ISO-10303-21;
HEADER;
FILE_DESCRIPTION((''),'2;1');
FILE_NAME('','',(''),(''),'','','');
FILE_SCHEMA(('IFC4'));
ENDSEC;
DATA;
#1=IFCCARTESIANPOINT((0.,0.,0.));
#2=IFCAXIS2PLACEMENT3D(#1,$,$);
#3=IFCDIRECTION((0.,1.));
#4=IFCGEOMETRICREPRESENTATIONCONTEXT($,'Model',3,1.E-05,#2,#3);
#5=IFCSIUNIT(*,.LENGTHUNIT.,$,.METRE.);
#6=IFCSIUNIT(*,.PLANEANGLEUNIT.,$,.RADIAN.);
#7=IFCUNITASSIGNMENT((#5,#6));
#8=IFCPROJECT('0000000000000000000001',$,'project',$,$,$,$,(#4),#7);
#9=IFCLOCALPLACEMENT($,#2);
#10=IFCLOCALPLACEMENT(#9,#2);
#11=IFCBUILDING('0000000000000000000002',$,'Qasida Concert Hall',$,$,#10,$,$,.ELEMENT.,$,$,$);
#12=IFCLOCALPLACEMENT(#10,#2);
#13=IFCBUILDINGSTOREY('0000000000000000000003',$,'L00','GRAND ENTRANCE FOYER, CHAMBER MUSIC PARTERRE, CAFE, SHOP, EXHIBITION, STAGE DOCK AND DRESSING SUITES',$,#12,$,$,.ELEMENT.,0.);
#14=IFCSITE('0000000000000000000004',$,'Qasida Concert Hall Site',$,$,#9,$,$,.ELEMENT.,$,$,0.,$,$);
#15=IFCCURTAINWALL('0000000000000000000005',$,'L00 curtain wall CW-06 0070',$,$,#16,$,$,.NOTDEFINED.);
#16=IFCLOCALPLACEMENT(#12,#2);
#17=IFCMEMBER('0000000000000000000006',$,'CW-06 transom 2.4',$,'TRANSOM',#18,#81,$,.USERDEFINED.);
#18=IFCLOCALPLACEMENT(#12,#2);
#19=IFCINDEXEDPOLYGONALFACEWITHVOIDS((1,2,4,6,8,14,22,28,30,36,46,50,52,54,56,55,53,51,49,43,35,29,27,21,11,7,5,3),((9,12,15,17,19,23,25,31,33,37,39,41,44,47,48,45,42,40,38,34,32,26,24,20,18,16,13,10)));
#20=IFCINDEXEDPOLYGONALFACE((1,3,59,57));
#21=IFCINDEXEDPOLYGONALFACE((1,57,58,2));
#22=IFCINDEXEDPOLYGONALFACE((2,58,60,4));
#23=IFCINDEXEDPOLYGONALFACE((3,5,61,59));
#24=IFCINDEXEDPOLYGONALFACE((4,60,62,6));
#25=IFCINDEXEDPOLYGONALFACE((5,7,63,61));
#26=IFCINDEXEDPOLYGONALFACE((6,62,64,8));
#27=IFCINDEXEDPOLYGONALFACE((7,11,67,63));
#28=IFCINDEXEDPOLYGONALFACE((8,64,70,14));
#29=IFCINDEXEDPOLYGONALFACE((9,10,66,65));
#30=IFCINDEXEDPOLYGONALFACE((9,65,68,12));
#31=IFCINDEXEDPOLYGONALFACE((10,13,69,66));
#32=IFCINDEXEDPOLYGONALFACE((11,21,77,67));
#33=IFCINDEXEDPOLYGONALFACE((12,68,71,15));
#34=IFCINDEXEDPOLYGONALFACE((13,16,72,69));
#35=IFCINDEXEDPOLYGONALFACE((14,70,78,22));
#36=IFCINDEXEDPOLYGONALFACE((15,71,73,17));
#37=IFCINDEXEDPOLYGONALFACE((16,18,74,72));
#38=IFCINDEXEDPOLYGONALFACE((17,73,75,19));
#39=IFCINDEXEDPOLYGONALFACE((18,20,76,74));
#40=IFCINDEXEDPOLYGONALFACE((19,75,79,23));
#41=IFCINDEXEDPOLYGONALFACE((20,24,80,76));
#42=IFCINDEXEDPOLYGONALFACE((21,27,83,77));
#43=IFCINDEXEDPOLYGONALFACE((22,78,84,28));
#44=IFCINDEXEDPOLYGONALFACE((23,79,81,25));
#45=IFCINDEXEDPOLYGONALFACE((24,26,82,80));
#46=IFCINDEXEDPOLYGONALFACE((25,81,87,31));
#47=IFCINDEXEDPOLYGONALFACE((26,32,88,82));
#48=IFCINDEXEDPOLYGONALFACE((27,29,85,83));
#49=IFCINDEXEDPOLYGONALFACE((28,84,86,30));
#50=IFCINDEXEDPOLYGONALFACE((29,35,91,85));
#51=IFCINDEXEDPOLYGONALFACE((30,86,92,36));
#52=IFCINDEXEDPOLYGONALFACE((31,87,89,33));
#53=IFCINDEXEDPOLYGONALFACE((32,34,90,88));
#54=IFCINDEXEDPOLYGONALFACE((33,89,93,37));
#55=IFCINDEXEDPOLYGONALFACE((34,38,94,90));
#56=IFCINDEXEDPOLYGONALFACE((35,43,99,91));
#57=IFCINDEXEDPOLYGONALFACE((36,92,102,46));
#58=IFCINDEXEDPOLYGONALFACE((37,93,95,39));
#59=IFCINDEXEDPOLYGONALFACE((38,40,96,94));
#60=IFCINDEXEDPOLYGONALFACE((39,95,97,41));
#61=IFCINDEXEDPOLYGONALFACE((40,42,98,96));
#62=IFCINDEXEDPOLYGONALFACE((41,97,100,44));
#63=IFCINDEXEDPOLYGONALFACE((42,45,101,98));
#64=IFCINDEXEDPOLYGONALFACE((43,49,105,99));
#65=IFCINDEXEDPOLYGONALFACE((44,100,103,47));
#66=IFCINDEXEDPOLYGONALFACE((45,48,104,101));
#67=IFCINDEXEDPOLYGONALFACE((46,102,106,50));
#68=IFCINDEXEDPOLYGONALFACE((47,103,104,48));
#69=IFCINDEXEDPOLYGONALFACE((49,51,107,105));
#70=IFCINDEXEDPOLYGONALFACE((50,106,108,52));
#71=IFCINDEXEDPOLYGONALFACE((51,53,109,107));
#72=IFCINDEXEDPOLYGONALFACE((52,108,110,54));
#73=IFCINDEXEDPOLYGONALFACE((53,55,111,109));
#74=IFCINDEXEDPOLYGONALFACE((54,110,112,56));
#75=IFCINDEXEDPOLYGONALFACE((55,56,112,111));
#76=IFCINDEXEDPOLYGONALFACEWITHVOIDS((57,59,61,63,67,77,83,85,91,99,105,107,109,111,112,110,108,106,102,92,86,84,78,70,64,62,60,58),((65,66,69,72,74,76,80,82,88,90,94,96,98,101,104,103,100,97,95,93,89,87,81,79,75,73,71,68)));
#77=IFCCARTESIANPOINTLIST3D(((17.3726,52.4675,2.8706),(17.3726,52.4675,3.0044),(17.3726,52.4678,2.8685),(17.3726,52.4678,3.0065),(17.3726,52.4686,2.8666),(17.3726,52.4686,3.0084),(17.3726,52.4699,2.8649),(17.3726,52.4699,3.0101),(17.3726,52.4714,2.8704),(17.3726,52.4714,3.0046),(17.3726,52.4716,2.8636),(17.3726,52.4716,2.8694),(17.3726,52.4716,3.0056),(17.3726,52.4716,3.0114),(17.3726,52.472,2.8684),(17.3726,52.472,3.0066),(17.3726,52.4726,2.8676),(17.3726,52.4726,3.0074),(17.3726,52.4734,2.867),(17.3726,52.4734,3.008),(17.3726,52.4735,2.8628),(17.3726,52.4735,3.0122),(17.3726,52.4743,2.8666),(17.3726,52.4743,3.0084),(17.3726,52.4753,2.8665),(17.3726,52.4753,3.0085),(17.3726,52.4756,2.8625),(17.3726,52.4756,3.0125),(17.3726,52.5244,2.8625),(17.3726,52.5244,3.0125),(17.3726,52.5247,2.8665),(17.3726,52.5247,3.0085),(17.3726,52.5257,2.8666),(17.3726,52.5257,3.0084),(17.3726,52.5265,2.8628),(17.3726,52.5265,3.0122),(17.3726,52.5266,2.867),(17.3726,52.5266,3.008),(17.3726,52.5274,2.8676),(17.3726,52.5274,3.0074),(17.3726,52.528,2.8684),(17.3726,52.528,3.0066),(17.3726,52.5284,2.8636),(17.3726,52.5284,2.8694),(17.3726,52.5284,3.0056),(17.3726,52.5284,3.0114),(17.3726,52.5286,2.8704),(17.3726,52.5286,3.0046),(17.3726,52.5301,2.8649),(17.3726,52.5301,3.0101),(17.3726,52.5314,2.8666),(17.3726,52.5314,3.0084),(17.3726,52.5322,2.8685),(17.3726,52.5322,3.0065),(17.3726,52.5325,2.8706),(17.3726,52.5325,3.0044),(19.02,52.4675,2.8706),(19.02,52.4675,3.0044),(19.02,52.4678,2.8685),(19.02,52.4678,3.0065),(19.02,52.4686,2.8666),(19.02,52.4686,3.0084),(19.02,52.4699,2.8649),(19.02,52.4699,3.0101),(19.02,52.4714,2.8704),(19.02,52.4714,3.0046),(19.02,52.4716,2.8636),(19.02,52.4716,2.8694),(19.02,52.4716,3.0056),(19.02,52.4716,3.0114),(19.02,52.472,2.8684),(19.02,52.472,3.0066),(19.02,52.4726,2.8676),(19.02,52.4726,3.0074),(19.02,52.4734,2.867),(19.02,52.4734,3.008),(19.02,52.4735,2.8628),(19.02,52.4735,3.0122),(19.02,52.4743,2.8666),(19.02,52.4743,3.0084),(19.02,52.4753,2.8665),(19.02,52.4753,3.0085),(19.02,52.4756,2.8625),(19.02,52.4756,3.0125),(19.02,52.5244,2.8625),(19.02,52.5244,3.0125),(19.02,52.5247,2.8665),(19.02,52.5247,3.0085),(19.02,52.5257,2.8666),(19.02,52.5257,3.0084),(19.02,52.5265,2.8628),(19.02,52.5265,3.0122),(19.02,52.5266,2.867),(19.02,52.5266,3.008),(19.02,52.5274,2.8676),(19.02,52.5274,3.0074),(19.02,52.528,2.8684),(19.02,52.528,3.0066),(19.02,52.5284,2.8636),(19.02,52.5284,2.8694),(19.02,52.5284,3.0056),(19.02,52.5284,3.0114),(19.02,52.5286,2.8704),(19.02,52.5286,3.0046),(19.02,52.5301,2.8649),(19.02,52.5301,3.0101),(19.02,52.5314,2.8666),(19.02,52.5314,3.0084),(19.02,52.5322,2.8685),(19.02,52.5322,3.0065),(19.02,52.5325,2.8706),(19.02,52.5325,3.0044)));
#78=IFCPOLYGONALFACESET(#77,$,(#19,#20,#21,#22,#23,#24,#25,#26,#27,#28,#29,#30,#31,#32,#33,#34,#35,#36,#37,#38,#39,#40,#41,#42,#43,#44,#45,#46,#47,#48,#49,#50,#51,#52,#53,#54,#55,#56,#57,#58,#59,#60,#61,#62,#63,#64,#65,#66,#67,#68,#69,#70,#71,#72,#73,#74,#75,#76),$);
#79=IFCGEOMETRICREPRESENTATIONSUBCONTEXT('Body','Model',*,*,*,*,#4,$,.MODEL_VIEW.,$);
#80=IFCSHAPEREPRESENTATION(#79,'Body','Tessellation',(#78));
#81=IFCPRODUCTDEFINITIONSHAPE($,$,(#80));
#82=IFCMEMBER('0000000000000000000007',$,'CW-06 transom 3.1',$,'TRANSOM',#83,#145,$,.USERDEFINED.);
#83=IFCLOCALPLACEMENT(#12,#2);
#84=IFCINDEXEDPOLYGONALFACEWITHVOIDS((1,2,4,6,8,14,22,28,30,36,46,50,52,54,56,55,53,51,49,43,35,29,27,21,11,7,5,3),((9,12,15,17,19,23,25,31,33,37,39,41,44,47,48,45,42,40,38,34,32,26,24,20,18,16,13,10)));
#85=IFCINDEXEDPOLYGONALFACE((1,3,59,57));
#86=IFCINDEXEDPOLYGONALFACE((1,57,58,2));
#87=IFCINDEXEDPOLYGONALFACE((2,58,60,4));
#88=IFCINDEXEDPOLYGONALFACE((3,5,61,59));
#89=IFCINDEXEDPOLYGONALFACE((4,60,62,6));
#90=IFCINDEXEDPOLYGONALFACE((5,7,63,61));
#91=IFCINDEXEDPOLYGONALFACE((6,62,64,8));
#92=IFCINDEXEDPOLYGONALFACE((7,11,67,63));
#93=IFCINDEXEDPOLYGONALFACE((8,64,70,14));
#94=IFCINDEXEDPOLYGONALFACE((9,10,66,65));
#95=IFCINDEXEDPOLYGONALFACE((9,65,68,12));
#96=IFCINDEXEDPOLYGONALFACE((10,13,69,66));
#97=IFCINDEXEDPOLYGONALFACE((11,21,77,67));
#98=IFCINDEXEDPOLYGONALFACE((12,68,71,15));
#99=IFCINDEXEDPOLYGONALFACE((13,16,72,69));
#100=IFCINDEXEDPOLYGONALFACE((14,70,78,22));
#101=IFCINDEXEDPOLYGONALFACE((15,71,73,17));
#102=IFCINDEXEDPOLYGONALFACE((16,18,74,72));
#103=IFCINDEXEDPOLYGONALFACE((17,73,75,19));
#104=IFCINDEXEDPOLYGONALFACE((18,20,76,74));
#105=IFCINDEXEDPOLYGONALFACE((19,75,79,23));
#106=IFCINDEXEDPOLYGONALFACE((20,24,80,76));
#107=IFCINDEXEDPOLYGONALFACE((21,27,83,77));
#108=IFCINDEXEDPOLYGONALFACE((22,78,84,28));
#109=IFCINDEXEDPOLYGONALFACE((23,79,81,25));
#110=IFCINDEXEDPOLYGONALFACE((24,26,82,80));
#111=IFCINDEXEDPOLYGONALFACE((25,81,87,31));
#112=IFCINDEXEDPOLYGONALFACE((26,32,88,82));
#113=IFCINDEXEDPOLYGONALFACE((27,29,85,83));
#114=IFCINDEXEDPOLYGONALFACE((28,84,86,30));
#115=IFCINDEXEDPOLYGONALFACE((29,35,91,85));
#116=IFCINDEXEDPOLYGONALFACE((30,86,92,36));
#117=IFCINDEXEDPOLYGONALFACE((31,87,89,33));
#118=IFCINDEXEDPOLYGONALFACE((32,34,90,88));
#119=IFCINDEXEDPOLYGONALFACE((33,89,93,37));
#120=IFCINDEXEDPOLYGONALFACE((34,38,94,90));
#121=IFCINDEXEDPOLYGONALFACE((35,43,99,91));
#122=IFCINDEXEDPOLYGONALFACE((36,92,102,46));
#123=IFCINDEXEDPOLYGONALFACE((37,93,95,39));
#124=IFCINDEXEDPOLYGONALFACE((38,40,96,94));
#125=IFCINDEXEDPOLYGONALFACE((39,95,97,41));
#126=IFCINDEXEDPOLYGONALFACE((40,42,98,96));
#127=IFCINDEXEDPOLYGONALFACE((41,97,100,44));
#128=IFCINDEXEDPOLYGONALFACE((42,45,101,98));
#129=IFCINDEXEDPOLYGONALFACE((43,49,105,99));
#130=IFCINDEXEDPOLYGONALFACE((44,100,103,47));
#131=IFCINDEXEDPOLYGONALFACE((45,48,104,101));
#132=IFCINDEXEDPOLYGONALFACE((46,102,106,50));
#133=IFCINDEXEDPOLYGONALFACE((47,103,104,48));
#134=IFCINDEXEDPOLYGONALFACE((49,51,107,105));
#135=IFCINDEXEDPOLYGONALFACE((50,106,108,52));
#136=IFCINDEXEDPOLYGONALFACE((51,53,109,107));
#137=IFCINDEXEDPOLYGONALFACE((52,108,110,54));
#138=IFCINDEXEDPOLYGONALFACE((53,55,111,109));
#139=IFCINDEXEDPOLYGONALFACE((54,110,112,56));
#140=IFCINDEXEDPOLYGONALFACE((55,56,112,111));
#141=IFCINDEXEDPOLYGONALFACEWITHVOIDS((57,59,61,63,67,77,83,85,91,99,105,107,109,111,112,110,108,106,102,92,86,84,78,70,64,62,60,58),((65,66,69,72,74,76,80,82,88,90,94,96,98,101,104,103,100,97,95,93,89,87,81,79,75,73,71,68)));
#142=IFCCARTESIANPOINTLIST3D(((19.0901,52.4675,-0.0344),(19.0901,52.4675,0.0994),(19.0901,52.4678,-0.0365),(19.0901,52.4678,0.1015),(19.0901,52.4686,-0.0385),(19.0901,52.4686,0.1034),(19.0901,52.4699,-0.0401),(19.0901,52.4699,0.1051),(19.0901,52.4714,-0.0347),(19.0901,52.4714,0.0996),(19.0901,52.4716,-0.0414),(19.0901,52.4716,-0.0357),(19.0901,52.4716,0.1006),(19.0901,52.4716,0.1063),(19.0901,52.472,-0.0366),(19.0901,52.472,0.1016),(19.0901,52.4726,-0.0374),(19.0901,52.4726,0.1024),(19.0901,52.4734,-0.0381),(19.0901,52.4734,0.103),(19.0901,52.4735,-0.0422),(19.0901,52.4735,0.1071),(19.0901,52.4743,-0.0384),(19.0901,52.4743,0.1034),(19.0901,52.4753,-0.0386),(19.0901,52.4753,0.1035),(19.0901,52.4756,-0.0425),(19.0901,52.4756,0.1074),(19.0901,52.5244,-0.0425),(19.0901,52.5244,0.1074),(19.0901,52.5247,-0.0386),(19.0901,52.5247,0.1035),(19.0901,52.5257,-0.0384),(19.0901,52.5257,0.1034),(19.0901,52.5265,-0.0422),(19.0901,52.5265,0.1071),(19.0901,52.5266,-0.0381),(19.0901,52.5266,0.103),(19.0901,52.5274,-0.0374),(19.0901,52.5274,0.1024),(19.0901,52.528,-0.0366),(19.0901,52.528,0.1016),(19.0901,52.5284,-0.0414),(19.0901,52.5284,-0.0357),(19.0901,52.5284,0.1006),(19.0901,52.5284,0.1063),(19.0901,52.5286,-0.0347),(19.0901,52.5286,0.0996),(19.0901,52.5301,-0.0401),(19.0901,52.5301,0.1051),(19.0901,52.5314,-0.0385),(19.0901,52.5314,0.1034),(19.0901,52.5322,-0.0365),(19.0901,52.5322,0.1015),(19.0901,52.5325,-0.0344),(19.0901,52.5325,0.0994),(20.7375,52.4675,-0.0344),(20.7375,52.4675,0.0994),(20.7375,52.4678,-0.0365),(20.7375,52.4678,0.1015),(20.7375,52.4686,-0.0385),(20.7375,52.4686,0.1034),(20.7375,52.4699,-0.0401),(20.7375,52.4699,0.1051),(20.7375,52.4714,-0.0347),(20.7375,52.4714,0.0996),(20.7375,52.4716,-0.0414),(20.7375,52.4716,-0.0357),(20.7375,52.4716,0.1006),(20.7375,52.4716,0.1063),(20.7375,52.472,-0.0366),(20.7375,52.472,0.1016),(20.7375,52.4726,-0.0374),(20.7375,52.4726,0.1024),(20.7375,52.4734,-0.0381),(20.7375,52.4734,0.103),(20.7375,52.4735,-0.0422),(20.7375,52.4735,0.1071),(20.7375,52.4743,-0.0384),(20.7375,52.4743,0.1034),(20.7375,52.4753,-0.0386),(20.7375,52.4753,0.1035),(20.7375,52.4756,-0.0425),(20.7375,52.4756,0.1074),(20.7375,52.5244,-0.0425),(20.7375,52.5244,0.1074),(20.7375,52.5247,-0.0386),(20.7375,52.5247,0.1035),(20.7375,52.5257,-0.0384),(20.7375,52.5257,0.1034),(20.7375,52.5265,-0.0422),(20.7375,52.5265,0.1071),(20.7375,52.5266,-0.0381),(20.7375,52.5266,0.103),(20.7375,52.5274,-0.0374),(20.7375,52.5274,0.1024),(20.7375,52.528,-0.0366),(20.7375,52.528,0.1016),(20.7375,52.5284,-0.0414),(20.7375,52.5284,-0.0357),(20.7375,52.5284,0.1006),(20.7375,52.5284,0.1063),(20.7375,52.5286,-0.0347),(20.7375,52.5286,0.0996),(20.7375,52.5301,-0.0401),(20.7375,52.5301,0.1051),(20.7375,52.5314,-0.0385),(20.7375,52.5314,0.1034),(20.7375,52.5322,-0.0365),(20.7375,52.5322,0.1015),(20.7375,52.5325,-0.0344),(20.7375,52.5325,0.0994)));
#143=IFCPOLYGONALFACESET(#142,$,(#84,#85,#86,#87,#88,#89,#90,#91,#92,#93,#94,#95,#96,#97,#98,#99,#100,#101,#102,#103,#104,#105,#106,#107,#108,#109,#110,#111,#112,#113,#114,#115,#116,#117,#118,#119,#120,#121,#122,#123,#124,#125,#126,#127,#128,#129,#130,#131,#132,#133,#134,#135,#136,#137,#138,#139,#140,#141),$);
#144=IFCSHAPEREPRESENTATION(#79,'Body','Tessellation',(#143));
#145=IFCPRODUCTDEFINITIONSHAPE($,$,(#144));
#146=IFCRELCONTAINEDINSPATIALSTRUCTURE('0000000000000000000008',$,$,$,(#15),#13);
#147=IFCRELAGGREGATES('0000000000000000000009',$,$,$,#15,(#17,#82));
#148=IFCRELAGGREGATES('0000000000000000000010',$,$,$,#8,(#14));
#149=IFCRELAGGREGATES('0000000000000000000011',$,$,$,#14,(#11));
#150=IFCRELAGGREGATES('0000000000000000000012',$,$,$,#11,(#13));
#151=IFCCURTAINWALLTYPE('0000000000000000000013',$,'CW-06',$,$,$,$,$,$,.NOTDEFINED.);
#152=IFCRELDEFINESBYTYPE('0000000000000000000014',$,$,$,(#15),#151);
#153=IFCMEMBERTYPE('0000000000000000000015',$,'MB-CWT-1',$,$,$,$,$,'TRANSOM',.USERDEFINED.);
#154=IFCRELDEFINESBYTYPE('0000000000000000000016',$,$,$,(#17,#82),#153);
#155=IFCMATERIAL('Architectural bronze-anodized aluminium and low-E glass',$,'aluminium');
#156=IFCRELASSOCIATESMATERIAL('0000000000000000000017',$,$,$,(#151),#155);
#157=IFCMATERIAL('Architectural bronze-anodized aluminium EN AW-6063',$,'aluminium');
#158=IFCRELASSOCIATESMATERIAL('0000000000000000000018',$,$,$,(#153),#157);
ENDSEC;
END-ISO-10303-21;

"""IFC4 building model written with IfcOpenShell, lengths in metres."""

from ifc_helpers import new_model, si_unit, direction, frame, origin, origin_2d, place, context, subcontext, project, spatial, hollow_rectangle, extrude, material, material_profile, profile_set, type_object, element, aggregate, save


model = new_model("IFC4")

# Units and contexts
model_context = context("Model", 3, precision=1e-05, world=origin(), true_north=direction((0.0, 1.0)))
body_context = subcontext(model_context, "Body", "Model", "MODEL_VIEW")
ifc_project = project(units=[si_unit("LENGTHUNIT", "METRE"), si_unit("PLANEANGLEUNIT", "RADIAN")], contexts=[model_context])

# Site, building, storey
site_placement = place(None, origin())
site = spatial("IfcSite", under=ifc_project, at=site_placement, Name="Qasida Concert Hall Site", CompositionType="ELEMENT", RefElevation=0.0)
building_placement = place(site_placement, origin())
building = spatial("IfcBuilding", under=site, at=building_placement, Name="Qasida Concert Hall", CompositionType="ELEMENT")
storey_placement = place(building_placement, origin())
storey = spatial("IfcBuildingStorey", under=building, at=storey_placement, Name="L00", Description="GRAND ENTRANCE FOYER, CHAMBER MUSIC PARTERRE, CAFE, SHOP, EXHIBITION, STAGE DOCK AND DRESSING SUITES", CompositionType="ELEMENT", Elevation=0.0)

# Curtain wall, members
ifc_material_1 = material(Name="Architectural bronze-anodized aluminium and low-E glass", Category="aluminium")
curtain_wall_type = type_object("IfcCurtainWallType", Name="CW-06", PredefinedType="NOTDEFINED", material=ifc_material_1)
curtain_wall_placement = place(storey_placement, origin())
curtain_wall = element("IfcCurtainWall", 1, at=curtain_wall_placement, inside=storey, type_object=curtain_wall_type, Name="L00 curtain wall CW-06 0070", PredefinedType="NOTDEFINED")
ifc_material_2 = material(Name="Architectural bronze-anodized aluminium EN AW-6063", Category="aluminium")
ifc_material_profile_1 = material_profile(ifc_material_2, hollow_rectangle(XDim=0.0649, YDim=0.1499, WallThickness=0.0039, InnerFilletRadius=0.0039, OuterFilletRadius=0.0081, at=origin_2d()), Name="CWT 150x65x4")
ifc_profile_set_1 = profile_set([ifc_material_profile_1], Name="Architectural bronze-anodized aluminium EN AW-6063")
member_type_1 = type_object("IfcMemberType", Name="MB-CWT-1", ElementType="TRANSOM", PredefinedType="USERDEFINED", material=ifc_profile_set_1)
member_1_placement = place(storey_placement, frame((17.3726, 52.5, 2.9375), z_axis=(1.0, 0.0, 0.0), x_axis=(0.0, 1.0, 0.0)))
member_1 = element("IfcMember", 2, at=member_1_placement, type_object=member_type_1, Name="CW-06 transom 2.4", ObjectType="TRANSOM", PredefinedType="USERDEFINED", context=body_context, shape_type="SweptSolid", body=[
    extrude(hollow_rectangle(XDim=0.0649, YDim=0.1499, WallThickness=0.0039, InnerFilletRadius=0.0039, OuterFilletRadius=0.0081, at=origin_2d()), origin(), (0.0, 0.0, 1.0), 1.6475),
])
member_2_placement = place(storey_placement, frame((19.0901, 52.5, 0.0325), z_axis=(1.0, 0.0, 0.0), x_axis=(0.0, 1.0, 0.0)))
member_2 = element("IfcMember", 3, at=member_2_placement, type_object=member_type_1, Name="CW-06 transom 3.1", ObjectType="TRANSOM", PredefinedType="USERDEFINED", context=body_context, shape_type="SweptSolid", body=[
    extrude(hollow_rectangle(XDim=0.0649, YDim=0.1499, WallThickness=0.0039, InnerFilletRadius=0.0039, OuterFilletRadius=0.0081, at=origin_2d()), origin(), (0.0, 0.0, 1.0), 1.6475),
])
aggregate(curtain_wall, [member_1, member_2])

save(model, "model.ifc")
